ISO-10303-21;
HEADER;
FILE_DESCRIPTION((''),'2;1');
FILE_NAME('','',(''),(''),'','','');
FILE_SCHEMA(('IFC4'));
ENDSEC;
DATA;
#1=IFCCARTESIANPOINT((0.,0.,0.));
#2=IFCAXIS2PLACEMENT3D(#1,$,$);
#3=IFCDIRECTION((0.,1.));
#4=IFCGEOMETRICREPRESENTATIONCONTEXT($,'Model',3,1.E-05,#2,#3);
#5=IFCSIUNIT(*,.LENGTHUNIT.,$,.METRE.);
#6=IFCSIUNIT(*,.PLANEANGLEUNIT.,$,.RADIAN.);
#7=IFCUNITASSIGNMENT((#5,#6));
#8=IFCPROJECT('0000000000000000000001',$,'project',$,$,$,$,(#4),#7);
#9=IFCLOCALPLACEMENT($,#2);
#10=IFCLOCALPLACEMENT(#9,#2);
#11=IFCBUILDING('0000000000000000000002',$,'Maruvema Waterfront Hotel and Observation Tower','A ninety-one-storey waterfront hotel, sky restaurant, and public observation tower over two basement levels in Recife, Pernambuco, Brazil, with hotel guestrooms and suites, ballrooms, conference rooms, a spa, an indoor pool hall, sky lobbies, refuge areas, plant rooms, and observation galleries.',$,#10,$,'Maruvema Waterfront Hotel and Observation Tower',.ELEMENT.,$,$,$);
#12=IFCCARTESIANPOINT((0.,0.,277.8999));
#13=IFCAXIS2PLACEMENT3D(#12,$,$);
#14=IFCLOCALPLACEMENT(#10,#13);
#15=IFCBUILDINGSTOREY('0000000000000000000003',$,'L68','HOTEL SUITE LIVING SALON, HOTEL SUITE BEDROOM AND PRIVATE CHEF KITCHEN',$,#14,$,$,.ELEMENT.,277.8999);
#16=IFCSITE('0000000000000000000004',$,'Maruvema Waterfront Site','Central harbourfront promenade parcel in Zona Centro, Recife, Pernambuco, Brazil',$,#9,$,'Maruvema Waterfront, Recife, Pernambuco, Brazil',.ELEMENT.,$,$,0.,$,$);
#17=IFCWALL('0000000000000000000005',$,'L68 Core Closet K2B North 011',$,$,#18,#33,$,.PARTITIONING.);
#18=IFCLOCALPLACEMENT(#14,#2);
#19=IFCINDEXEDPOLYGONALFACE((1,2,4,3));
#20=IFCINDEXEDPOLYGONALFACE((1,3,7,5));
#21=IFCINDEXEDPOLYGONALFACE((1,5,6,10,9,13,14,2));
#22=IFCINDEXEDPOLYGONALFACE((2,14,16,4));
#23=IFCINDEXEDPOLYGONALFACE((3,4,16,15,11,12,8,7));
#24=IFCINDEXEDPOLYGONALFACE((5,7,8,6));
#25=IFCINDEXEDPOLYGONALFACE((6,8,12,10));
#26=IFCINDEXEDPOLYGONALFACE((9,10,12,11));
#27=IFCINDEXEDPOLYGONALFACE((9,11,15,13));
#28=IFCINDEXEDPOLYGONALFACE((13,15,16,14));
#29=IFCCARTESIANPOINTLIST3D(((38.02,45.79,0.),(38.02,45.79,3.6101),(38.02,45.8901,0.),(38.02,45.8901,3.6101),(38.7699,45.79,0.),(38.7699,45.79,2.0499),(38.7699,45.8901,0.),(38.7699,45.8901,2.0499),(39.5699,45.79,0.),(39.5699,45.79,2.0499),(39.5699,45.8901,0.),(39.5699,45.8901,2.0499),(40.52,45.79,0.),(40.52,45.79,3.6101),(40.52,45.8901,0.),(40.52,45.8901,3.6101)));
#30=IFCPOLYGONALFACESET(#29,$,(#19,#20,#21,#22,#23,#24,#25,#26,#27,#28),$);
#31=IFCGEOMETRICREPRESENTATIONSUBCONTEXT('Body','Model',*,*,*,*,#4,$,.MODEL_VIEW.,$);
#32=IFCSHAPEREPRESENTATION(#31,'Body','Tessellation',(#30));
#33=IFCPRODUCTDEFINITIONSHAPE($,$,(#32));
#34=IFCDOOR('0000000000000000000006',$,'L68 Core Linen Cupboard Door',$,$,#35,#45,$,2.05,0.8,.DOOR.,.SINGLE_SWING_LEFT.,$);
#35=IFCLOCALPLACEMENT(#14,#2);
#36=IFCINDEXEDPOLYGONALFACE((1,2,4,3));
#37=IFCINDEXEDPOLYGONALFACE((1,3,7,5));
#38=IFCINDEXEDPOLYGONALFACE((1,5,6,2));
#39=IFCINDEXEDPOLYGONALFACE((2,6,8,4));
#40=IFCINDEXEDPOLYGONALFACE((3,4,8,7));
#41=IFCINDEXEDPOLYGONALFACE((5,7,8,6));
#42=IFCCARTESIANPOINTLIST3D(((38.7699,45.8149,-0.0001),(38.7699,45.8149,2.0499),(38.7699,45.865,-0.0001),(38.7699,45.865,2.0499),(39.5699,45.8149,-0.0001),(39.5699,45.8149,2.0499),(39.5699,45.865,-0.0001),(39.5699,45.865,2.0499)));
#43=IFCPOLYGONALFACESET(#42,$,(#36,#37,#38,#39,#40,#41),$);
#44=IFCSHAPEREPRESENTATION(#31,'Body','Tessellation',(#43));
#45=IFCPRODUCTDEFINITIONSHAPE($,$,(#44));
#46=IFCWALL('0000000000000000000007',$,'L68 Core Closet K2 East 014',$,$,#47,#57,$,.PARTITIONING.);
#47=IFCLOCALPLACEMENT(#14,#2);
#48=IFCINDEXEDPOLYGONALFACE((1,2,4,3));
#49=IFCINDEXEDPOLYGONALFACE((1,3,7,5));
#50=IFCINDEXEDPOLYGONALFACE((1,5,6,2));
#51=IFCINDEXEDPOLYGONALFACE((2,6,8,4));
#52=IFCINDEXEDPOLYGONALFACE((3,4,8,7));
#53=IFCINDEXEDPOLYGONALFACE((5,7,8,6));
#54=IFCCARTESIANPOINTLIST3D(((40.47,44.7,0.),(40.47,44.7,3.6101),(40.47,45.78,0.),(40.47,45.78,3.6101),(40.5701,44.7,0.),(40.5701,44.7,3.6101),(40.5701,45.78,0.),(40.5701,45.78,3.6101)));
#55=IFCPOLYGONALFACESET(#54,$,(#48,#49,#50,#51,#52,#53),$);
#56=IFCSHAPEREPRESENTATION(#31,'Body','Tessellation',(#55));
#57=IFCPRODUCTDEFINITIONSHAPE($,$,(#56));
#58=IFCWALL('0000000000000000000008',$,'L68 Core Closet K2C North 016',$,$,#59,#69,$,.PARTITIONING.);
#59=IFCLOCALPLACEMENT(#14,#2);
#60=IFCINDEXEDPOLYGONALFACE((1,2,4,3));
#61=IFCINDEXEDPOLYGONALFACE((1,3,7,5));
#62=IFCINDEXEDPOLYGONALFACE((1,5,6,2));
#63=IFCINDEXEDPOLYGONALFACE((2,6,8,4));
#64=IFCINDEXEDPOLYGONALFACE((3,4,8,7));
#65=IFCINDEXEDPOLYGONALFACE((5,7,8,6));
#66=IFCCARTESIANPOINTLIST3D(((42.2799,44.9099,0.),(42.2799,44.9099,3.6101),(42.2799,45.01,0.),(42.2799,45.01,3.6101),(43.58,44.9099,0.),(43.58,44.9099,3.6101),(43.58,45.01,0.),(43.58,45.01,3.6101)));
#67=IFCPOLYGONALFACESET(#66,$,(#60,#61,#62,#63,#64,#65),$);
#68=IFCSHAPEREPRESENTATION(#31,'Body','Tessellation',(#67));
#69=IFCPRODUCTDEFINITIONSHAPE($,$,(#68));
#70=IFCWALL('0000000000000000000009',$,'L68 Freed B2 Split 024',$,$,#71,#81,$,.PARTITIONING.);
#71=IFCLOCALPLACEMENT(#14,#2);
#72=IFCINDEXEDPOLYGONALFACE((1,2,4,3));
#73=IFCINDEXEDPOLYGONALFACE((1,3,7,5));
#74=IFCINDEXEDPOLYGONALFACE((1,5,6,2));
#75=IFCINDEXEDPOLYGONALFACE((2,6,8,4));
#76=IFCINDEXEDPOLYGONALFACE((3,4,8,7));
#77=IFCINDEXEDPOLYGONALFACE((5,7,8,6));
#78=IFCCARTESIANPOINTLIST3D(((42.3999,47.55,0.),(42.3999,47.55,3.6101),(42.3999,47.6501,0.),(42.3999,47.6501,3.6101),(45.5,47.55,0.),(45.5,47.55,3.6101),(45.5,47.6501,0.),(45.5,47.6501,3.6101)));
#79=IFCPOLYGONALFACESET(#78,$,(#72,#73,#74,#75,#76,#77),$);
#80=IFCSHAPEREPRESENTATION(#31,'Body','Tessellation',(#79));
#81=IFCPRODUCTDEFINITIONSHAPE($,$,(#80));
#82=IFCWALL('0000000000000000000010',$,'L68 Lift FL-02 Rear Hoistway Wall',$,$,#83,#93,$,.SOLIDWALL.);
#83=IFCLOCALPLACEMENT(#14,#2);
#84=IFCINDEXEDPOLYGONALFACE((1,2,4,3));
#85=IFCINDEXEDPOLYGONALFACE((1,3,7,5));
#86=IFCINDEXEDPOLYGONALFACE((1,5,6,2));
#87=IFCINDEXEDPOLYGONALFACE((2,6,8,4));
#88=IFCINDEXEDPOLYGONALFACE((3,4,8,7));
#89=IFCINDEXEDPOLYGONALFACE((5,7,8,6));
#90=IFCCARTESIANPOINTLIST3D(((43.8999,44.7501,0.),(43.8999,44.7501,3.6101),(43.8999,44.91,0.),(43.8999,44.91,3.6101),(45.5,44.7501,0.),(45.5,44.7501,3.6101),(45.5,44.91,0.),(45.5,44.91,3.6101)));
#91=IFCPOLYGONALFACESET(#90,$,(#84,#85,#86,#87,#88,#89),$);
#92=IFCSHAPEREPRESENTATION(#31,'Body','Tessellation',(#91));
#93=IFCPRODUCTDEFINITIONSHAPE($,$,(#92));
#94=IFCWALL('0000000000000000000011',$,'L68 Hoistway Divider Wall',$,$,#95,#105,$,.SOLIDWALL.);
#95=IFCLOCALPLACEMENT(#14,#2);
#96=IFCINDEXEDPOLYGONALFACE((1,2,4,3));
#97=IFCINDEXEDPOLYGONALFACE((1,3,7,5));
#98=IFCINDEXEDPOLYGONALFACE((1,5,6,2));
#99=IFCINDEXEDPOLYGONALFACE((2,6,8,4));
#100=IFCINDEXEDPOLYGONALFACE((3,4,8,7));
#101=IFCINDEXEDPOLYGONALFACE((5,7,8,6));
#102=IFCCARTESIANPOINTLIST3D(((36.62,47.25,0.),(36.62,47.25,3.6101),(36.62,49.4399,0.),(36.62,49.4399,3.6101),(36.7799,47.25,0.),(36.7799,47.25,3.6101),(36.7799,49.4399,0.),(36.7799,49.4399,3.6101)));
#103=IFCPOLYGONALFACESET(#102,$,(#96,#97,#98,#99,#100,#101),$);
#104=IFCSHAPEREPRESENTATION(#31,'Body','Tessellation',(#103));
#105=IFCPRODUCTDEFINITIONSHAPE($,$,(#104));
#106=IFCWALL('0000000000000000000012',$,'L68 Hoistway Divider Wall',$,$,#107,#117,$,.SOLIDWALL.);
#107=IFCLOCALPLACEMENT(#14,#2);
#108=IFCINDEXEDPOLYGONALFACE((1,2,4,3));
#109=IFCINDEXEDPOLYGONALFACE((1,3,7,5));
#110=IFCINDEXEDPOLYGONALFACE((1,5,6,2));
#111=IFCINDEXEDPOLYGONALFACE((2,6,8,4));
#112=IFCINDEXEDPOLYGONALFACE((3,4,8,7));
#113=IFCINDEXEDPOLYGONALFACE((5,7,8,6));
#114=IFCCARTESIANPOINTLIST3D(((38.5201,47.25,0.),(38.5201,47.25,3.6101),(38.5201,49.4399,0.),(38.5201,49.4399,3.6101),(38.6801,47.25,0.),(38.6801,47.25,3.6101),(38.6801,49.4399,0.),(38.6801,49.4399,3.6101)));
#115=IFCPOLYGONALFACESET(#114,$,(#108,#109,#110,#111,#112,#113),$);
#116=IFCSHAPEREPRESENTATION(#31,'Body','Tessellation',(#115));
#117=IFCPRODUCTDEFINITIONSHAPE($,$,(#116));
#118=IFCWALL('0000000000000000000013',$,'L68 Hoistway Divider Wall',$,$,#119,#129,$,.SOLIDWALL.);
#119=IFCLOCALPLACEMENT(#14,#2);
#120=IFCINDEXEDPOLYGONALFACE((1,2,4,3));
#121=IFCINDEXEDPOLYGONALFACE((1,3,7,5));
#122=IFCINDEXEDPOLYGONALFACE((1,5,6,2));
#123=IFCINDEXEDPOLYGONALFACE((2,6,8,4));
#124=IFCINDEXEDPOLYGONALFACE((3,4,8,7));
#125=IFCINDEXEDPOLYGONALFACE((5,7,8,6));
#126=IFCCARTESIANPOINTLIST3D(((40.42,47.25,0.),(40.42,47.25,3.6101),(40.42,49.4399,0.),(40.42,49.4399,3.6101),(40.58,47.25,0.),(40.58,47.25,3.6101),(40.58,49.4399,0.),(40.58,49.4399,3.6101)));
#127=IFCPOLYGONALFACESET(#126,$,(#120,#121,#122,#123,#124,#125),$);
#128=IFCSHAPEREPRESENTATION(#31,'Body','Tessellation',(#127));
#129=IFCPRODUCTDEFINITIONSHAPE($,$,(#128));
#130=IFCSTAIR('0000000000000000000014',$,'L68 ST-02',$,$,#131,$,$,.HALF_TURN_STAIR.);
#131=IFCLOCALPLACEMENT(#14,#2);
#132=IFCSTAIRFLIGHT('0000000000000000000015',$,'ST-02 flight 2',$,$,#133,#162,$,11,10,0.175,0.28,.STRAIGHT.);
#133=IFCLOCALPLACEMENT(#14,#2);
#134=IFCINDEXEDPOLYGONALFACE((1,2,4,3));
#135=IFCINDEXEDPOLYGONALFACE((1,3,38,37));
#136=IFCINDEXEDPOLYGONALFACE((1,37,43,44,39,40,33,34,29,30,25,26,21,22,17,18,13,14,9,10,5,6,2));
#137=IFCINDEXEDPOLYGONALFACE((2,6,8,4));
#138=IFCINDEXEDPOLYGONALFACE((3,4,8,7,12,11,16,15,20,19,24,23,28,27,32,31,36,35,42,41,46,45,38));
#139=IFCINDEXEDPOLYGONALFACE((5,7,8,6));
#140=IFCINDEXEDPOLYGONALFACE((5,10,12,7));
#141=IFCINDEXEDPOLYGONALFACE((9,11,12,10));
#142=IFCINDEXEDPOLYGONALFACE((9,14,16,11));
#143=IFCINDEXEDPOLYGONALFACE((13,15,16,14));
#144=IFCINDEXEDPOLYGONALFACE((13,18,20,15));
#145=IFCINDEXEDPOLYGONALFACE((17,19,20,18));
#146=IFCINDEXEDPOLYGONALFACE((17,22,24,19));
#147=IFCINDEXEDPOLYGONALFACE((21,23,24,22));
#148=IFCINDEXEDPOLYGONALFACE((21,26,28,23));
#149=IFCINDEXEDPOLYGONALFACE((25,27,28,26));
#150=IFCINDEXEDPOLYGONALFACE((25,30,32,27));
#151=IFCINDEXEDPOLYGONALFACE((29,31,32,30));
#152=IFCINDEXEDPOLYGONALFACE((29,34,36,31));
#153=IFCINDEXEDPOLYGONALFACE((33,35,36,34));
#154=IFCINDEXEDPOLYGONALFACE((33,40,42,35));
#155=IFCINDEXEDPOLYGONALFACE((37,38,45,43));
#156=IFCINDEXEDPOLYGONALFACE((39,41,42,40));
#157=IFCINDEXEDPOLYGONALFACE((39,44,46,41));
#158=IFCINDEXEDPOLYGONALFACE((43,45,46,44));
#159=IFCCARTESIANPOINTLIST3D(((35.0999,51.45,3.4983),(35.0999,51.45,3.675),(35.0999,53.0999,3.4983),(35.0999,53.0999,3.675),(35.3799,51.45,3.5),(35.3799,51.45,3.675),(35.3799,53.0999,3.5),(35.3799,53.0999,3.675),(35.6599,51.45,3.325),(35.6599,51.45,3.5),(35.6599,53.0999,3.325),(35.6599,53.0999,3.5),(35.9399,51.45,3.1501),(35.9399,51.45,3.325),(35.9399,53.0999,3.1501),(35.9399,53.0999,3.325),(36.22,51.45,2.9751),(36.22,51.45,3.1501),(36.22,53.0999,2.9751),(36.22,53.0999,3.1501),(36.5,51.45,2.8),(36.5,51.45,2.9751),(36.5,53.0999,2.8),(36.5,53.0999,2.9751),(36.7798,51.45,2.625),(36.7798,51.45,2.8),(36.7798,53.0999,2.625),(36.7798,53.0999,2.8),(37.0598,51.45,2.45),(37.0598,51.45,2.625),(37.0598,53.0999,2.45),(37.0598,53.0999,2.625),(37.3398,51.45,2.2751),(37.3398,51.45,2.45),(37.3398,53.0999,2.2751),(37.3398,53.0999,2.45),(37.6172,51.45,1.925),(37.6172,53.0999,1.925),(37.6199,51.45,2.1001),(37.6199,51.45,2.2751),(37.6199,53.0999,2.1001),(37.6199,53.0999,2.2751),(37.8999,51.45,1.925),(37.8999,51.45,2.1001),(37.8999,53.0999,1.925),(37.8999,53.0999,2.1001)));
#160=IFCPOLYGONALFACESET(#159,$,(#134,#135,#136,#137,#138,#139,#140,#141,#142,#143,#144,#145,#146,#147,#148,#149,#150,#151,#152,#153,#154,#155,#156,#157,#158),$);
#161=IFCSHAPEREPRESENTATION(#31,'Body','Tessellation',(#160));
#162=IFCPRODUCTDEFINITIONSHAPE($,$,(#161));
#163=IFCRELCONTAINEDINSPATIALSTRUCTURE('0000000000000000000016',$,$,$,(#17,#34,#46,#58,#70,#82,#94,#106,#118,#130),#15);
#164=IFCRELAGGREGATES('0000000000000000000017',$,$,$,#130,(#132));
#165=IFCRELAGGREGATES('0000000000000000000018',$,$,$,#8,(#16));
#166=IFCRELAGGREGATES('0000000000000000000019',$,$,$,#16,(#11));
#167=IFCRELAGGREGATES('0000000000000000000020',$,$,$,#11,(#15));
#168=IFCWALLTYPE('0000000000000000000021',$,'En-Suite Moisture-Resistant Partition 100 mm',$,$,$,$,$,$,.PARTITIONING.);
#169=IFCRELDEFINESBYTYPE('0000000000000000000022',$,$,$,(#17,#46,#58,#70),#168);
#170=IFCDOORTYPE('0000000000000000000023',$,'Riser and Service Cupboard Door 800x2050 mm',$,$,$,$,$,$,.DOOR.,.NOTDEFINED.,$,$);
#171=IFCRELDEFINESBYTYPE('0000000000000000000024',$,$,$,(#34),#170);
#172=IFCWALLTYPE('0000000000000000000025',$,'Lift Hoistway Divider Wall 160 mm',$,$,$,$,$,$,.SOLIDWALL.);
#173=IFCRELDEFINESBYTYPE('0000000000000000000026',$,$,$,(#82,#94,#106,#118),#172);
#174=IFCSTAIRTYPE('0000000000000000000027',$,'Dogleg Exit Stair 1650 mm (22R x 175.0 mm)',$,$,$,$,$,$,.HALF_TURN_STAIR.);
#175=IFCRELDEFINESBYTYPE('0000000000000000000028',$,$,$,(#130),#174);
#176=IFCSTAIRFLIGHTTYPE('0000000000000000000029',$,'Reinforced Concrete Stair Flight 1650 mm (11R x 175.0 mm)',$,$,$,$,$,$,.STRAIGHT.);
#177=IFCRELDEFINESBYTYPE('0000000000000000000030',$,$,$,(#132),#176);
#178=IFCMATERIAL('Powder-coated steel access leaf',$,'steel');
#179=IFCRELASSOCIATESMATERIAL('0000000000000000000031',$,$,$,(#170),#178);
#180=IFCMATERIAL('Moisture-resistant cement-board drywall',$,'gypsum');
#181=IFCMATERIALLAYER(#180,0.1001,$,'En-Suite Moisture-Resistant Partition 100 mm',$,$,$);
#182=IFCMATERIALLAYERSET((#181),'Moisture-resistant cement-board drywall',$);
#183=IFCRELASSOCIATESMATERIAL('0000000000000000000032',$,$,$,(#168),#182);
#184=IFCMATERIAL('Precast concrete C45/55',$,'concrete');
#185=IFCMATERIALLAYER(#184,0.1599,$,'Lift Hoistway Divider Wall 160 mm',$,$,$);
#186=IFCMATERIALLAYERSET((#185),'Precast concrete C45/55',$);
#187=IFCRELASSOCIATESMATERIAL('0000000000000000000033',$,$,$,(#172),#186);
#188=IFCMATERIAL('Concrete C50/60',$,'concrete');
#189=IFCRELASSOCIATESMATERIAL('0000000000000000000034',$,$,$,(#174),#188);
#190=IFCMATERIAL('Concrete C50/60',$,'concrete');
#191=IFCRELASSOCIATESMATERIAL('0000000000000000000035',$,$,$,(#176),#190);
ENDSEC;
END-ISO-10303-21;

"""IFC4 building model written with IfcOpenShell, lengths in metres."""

from ifc_helpers import new_model, si_unit, direction, frame, frame_2d, origin, place, context, subcontext, project, spatial, polyline, rectangle, outline, extrude, material, layer, layer_set, type_object, element, fill, aggregate, save


model = new_model("IFC4")

# Units and contexts
model_context = context("Model", 3, precision=1e-05, world=origin(), true_north=direction((0.0, 1.0)))
body_context = subcontext(model_context, "Body", "Model", "MODEL_VIEW")
ifc_project = project(units=[si_unit("LENGTHUNIT", "METRE"), si_unit("PLANEANGLEUNIT", "RADIAN")], contexts=[model_context])

# Site, building, storey
site_placement = place(None, origin())
site = spatial("IfcSite", under=ifc_project, at=site_placement, Name="Maruvema Waterfront Site", Description="Central harbourfront promenade parcel in Zona Centro, Recife, Pernambuco, Brazil", LongName="Maruvema Waterfront, Recife, Pernambuco, Brazil", CompositionType="ELEMENT", RefElevation=0.0)
building_placement = place(site_placement, origin())
building = spatial("IfcBuilding", under=site, at=building_placement, Name="Maruvema Waterfront Hotel and Observation Tower", Description="A ninety-one-storey waterfront hotel, sky restaurant, and public observation tower over two basement levels in Recife, Pernambuco, Brazil, with hotel guestrooms and suites, ballrooms, conference rooms, a spa, an indoor pool hall, sky lobbies, refuge areas, plant rooms, and observation galleries.", LongName="Maruvema Waterfront Hotel and Observation Tower", CompositionType="ELEMENT")
storey_placement = place(building_placement, frame((0.0, 0.0, 277.8999)))
storey = spatial("IfcBuildingStorey", under=building, at=storey_placement, Name="L68", Description="HOTEL SUITE LIVING SALON, HOTEL SUITE BEDROOM AND PRIVATE CHEF KITCHEN", CompositionType="ELEMENT", Elevation=277.8999)

# Shared definitions
ifc_material_1 = material(Name="Powder-coated steel access leaf", Category="steel")
door_type = type_object("IfcDoorType", Name="Riser and Service Cupboard Door 800x2050 mm", OperationType="NOTDEFINED", PredefinedType="DOOR", material=ifc_material_1)

# Wall, opening, door
ifc_material_2 = material(Name="Moisture-resistant cement-board drywall", Category="gypsum")
ifc_layer_1 = layer(ifc_material_2, 0.1001, Name="En-Suite Moisture-Resistant Partition 100 mm")
ifc_layer_set_1 = layer_set([ifc_layer_1], Name="Moisture-resistant cement-board drywall")
wall_type_1 = type_object("IfcWallType", Name="En-Suite Moisture-Resistant Partition 100 mm", PredefinedType="PARTITIONING", material=ifc_layer_set_1)
wall_1_placement = place(storey_placement, frame((38.02, 45.8401, 0.0), z_axis=(0.0, 0.0, 1.0), x_axis=(1.0, 0.0, 0.0)))
wall_1 = element("IfcWall", 1, at=wall_1_placement, inside=storey, type_object=wall_type_1, Name="L68 Core Closet K2B North 011", PredefinedType="PARTITIONING", context=body_context, shape_type="SweptSolid", body=[
    extrude(rectangle(XDim=2.5, YDim=0.1001, at=frame_2d((1.25, 0.0))), origin(), (0.0, 0.0, 1.0), 3.6101),
])
opening_1_placement = place(wall_1_placement, frame((0.75, 0.0, 0.0)))
opening_1 = element("IfcOpeningElement", 2, at=opening_1_placement, cuts=wall_1, PredefinedType="OPENING", context=body_context, shape_type="SweptSolid", body=[
    extrude(rectangle(XDim=0.8, YDim=2.05, at=frame_2d((0.3999, 1.0249))), frame((0.0, 0.0601, 0.0), z_axis=(0.0, -1.0, 0.0), x_axis=(1.0, 0.0, 0.0)), (0.0, 0.0, 1.0), 0.1201),
])
door_1_placement = place(opening_1_placement, origin())
door_1 = element("IfcDoor", 3, at=door_1_placement, inside=storey, type_object=door_type, Name="L68 Core Linen Cupboard Door", OperationType="SINGLE_SWING_LEFT", OverallHeight=2.05, OverallWidth=0.8, PredefinedType="DOOR", context=body_context, shape_type="SweptSolid", body=[
    extrude(rectangle(XDim=0.8, YDim=2.05, at=frame_2d((0.3999, 1.0249))), frame((0.0, 0.0249, 0.0), z_axis=(0.0, -1.0, 0.0), x_axis=(1.0, 0.0, 0.0)), (0.0, 0.0, 1.0), 0.05),
])
fill(opening_1, door_1)

# Walls
wall_2_placement = place(storey_placement, frame((40.52, 44.7, 0.0), z_axis=(0.0, 0.0, 1.0), x_axis=(0.0, 1.0, 0.0)))
element("IfcWall", 4, at=wall_2_placement, inside=storey, type_object=wall_type_1, Name="L68 Core Closet K2 East 014", PredefinedType="PARTITIONING", context=body_context, shape_type="SweptSolid", body=[
    extrude(rectangle(XDim=1.0801, YDim=0.1001, at=frame_2d((0.54, 0.0))), origin(), (0.0, 0.0, 1.0), 3.6101),
])
wall_3_placement = place(storey_placement, frame((42.28, 44.96, 0.0), z_axis=(0.0, 0.0, 1.0), x_axis=(1.0, 0.0, 0.0)))
element("IfcWall", 5, at=wall_3_placement, inside=storey, type_object=wall_type_1, Name="L68 Core Closet K2C North 016", PredefinedType="PARTITIONING", context=body_context, shape_type="SweptSolid", body=[
    extrude(rectangle(XDim=1.3, YDim=0.1001, at=frame_2d((0.6499, 0.0))), origin(), (0.0, 0.0, 1.0), 3.6101),
])
wall_4_placement = place(storey_placement, frame((42.3999, 47.6001, 0.0), z_axis=(0.0, 0.0, 1.0), x_axis=(1.0, 0.0, 0.0)))
element("IfcWall", 6, at=wall_4_placement, inside=storey, type_object=wall_type_1, Name="L68 Freed B2 Split 024", PredefinedType="PARTITIONING", context=body_context, shape_type="SweptSolid", body=[
    extrude(rectangle(XDim=3.1001, YDim=0.1001, at=frame_2d((1.55, 0.0))), origin(), (0.0, 0.0, 1.0), 3.6101),
])
ifc_material_3 = material(Name="Precast concrete C45/55", Category="concrete")
ifc_layer_2 = layer(ifc_material_3, 0.1599, Name="Lift Hoistway Divider Wall 160 mm")
ifc_layer_set_2 = layer_set([ifc_layer_2], Name="Precast concrete C45/55")
wall_type_2 = type_object("IfcWallType", Name="Lift Hoistway Divider Wall 160 mm", PredefinedType="SOLIDWALL", material=ifc_layer_set_2)
wall_5_placement = place(storey_placement, frame((43.8999, 44.8301, 0.0), z_axis=(0.0, 0.0, 1.0), x_axis=(1.0, 0.0, 0.0)))
element("IfcWall", 7, at=wall_5_placement, inside=storey, type_object=wall_type_2, Name="L68 Lift FL-02 Rear Hoistway Wall", PredefinedType="SOLIDWALL", context=body_context, shape_type="SweptSolid", body=[
    extrude(rectangle(XDim=1.6001, YDim=0.1599, at=frame_2d((0.8, 0.0))), origin(), (0.0, 0.0, 1.0), 3.6101),
])
for number, where, z_axis, x_axis, name in (
    (8, (36.7, 47.25, 0.0), (0.0, 0.0, 1.0), (0.0, 1.0, 0.0), "L68 Hoistway Divider Wall"),
    (9, (38.6001, 47.25, 0.0), (0.0, 0.0, 1.0), (0.0, 1.0, 0.0), "L68 Hoistway Divider Wall"),
    (10, (40.5, 47.25, 0.0), (0.0, 0.0, 1.0), (0.0, 1.0, 0.0), "L68 Hoistway Divider Wall"),
):
    element("IfcWall", number, at=place(storey_placement, frame(where, z_axis=z_axis, x_axis=x_axis)), inside=storey, type_object=wall_type_2, Name=name, PredefinedType="SOLIDWALL", context=body_context, shape_type="SweptSolid", body=[
        extrude(rectangle(XDim=2.1899, YDim=0.1599, at=frame_2d((1.095, 0.0))), origin(), (0.0, 0.0, 1.0), 3.6101),
    ])

# Stair, stair flight
ifc_material_4 = material(Name="Concrete C50/60", Category="concrete")
stair_type = type_object("IfcStairType", Name="Dogleg Exit Stair 1650 mm (22R x 175.0 mm)", PredefinedType="HALF_TURN_STAIR", material=ifc_material_4)
stair_placement = place(storey_placement, origin())
stair = element("IfcStair", 11, at=stair_placement, inside=storey, type_object=stair_type, Name="L68 ST-02", PredefinedType="HALF_TURN_STAIR")
ifc_material_5 = material(Name="Concrete C50/60", Category="concrete")
stair_flight_type = type_object("IfcStairFlightType", Name="Reinforced Concrete Stair Flight 1650 mm (11R x 175.0 mm)", PredefinedType="STRAIGHT", material=ifc_material_5)
stair_flight_placement = place(storey_placement, frame((37.8999, 52.2749, 1.925), z_axis=(0.0, 0.0, 1.0), x_axis=(-1.0, 0.0, 0.0)))
stair_flight = element("IfcStairFlight", 12, at=stair_flight_placement, type_object=stair_flight_type, Name="ST-02 flight 2", NumberOfRisers=11, NumberOfTreads=10, PredefinedType="STRAIGHT", RiserHeight=0.175, TreadLength=0.28, context=body_context, shape_type="SweptSolid", body=[
    extrude(outline(polyline([(0.0, 0.0), (0.0, 0.175), (0.28, 0.175), (0.28, 0.3501), (0.5601, 0.3501), (0.5601, 0.5249), (0.8401, 0.5249), (0.8401, 0.7), (1.1201, 0.7), (1.1201, 0.875), (1.3999, 0.875), (1.3999, 1.05), (1.6799, 1.05), (1.6799, 1.2251), (1.96, 1.2251), (1.96, 1.3999), (2.24, 1.3999), (2.24, 1.575), (2.52, 1.575), (2.52, 1.75), (2.8, 1.75), (2.8, 1.925), (2.8, 1.5732), (0.2827, 0.0), (0.0, 0.0)])), frame((0.0, 0.825, 0.0), z_axis=(0.0, -1.0, 0.0), x_axis=(1.0, 0.0, 0.0)), (0.0, 0.0, 1.0), 1.6499),
])
aggregate(stair, [stair_flight])

save(model, "model.ifc")
